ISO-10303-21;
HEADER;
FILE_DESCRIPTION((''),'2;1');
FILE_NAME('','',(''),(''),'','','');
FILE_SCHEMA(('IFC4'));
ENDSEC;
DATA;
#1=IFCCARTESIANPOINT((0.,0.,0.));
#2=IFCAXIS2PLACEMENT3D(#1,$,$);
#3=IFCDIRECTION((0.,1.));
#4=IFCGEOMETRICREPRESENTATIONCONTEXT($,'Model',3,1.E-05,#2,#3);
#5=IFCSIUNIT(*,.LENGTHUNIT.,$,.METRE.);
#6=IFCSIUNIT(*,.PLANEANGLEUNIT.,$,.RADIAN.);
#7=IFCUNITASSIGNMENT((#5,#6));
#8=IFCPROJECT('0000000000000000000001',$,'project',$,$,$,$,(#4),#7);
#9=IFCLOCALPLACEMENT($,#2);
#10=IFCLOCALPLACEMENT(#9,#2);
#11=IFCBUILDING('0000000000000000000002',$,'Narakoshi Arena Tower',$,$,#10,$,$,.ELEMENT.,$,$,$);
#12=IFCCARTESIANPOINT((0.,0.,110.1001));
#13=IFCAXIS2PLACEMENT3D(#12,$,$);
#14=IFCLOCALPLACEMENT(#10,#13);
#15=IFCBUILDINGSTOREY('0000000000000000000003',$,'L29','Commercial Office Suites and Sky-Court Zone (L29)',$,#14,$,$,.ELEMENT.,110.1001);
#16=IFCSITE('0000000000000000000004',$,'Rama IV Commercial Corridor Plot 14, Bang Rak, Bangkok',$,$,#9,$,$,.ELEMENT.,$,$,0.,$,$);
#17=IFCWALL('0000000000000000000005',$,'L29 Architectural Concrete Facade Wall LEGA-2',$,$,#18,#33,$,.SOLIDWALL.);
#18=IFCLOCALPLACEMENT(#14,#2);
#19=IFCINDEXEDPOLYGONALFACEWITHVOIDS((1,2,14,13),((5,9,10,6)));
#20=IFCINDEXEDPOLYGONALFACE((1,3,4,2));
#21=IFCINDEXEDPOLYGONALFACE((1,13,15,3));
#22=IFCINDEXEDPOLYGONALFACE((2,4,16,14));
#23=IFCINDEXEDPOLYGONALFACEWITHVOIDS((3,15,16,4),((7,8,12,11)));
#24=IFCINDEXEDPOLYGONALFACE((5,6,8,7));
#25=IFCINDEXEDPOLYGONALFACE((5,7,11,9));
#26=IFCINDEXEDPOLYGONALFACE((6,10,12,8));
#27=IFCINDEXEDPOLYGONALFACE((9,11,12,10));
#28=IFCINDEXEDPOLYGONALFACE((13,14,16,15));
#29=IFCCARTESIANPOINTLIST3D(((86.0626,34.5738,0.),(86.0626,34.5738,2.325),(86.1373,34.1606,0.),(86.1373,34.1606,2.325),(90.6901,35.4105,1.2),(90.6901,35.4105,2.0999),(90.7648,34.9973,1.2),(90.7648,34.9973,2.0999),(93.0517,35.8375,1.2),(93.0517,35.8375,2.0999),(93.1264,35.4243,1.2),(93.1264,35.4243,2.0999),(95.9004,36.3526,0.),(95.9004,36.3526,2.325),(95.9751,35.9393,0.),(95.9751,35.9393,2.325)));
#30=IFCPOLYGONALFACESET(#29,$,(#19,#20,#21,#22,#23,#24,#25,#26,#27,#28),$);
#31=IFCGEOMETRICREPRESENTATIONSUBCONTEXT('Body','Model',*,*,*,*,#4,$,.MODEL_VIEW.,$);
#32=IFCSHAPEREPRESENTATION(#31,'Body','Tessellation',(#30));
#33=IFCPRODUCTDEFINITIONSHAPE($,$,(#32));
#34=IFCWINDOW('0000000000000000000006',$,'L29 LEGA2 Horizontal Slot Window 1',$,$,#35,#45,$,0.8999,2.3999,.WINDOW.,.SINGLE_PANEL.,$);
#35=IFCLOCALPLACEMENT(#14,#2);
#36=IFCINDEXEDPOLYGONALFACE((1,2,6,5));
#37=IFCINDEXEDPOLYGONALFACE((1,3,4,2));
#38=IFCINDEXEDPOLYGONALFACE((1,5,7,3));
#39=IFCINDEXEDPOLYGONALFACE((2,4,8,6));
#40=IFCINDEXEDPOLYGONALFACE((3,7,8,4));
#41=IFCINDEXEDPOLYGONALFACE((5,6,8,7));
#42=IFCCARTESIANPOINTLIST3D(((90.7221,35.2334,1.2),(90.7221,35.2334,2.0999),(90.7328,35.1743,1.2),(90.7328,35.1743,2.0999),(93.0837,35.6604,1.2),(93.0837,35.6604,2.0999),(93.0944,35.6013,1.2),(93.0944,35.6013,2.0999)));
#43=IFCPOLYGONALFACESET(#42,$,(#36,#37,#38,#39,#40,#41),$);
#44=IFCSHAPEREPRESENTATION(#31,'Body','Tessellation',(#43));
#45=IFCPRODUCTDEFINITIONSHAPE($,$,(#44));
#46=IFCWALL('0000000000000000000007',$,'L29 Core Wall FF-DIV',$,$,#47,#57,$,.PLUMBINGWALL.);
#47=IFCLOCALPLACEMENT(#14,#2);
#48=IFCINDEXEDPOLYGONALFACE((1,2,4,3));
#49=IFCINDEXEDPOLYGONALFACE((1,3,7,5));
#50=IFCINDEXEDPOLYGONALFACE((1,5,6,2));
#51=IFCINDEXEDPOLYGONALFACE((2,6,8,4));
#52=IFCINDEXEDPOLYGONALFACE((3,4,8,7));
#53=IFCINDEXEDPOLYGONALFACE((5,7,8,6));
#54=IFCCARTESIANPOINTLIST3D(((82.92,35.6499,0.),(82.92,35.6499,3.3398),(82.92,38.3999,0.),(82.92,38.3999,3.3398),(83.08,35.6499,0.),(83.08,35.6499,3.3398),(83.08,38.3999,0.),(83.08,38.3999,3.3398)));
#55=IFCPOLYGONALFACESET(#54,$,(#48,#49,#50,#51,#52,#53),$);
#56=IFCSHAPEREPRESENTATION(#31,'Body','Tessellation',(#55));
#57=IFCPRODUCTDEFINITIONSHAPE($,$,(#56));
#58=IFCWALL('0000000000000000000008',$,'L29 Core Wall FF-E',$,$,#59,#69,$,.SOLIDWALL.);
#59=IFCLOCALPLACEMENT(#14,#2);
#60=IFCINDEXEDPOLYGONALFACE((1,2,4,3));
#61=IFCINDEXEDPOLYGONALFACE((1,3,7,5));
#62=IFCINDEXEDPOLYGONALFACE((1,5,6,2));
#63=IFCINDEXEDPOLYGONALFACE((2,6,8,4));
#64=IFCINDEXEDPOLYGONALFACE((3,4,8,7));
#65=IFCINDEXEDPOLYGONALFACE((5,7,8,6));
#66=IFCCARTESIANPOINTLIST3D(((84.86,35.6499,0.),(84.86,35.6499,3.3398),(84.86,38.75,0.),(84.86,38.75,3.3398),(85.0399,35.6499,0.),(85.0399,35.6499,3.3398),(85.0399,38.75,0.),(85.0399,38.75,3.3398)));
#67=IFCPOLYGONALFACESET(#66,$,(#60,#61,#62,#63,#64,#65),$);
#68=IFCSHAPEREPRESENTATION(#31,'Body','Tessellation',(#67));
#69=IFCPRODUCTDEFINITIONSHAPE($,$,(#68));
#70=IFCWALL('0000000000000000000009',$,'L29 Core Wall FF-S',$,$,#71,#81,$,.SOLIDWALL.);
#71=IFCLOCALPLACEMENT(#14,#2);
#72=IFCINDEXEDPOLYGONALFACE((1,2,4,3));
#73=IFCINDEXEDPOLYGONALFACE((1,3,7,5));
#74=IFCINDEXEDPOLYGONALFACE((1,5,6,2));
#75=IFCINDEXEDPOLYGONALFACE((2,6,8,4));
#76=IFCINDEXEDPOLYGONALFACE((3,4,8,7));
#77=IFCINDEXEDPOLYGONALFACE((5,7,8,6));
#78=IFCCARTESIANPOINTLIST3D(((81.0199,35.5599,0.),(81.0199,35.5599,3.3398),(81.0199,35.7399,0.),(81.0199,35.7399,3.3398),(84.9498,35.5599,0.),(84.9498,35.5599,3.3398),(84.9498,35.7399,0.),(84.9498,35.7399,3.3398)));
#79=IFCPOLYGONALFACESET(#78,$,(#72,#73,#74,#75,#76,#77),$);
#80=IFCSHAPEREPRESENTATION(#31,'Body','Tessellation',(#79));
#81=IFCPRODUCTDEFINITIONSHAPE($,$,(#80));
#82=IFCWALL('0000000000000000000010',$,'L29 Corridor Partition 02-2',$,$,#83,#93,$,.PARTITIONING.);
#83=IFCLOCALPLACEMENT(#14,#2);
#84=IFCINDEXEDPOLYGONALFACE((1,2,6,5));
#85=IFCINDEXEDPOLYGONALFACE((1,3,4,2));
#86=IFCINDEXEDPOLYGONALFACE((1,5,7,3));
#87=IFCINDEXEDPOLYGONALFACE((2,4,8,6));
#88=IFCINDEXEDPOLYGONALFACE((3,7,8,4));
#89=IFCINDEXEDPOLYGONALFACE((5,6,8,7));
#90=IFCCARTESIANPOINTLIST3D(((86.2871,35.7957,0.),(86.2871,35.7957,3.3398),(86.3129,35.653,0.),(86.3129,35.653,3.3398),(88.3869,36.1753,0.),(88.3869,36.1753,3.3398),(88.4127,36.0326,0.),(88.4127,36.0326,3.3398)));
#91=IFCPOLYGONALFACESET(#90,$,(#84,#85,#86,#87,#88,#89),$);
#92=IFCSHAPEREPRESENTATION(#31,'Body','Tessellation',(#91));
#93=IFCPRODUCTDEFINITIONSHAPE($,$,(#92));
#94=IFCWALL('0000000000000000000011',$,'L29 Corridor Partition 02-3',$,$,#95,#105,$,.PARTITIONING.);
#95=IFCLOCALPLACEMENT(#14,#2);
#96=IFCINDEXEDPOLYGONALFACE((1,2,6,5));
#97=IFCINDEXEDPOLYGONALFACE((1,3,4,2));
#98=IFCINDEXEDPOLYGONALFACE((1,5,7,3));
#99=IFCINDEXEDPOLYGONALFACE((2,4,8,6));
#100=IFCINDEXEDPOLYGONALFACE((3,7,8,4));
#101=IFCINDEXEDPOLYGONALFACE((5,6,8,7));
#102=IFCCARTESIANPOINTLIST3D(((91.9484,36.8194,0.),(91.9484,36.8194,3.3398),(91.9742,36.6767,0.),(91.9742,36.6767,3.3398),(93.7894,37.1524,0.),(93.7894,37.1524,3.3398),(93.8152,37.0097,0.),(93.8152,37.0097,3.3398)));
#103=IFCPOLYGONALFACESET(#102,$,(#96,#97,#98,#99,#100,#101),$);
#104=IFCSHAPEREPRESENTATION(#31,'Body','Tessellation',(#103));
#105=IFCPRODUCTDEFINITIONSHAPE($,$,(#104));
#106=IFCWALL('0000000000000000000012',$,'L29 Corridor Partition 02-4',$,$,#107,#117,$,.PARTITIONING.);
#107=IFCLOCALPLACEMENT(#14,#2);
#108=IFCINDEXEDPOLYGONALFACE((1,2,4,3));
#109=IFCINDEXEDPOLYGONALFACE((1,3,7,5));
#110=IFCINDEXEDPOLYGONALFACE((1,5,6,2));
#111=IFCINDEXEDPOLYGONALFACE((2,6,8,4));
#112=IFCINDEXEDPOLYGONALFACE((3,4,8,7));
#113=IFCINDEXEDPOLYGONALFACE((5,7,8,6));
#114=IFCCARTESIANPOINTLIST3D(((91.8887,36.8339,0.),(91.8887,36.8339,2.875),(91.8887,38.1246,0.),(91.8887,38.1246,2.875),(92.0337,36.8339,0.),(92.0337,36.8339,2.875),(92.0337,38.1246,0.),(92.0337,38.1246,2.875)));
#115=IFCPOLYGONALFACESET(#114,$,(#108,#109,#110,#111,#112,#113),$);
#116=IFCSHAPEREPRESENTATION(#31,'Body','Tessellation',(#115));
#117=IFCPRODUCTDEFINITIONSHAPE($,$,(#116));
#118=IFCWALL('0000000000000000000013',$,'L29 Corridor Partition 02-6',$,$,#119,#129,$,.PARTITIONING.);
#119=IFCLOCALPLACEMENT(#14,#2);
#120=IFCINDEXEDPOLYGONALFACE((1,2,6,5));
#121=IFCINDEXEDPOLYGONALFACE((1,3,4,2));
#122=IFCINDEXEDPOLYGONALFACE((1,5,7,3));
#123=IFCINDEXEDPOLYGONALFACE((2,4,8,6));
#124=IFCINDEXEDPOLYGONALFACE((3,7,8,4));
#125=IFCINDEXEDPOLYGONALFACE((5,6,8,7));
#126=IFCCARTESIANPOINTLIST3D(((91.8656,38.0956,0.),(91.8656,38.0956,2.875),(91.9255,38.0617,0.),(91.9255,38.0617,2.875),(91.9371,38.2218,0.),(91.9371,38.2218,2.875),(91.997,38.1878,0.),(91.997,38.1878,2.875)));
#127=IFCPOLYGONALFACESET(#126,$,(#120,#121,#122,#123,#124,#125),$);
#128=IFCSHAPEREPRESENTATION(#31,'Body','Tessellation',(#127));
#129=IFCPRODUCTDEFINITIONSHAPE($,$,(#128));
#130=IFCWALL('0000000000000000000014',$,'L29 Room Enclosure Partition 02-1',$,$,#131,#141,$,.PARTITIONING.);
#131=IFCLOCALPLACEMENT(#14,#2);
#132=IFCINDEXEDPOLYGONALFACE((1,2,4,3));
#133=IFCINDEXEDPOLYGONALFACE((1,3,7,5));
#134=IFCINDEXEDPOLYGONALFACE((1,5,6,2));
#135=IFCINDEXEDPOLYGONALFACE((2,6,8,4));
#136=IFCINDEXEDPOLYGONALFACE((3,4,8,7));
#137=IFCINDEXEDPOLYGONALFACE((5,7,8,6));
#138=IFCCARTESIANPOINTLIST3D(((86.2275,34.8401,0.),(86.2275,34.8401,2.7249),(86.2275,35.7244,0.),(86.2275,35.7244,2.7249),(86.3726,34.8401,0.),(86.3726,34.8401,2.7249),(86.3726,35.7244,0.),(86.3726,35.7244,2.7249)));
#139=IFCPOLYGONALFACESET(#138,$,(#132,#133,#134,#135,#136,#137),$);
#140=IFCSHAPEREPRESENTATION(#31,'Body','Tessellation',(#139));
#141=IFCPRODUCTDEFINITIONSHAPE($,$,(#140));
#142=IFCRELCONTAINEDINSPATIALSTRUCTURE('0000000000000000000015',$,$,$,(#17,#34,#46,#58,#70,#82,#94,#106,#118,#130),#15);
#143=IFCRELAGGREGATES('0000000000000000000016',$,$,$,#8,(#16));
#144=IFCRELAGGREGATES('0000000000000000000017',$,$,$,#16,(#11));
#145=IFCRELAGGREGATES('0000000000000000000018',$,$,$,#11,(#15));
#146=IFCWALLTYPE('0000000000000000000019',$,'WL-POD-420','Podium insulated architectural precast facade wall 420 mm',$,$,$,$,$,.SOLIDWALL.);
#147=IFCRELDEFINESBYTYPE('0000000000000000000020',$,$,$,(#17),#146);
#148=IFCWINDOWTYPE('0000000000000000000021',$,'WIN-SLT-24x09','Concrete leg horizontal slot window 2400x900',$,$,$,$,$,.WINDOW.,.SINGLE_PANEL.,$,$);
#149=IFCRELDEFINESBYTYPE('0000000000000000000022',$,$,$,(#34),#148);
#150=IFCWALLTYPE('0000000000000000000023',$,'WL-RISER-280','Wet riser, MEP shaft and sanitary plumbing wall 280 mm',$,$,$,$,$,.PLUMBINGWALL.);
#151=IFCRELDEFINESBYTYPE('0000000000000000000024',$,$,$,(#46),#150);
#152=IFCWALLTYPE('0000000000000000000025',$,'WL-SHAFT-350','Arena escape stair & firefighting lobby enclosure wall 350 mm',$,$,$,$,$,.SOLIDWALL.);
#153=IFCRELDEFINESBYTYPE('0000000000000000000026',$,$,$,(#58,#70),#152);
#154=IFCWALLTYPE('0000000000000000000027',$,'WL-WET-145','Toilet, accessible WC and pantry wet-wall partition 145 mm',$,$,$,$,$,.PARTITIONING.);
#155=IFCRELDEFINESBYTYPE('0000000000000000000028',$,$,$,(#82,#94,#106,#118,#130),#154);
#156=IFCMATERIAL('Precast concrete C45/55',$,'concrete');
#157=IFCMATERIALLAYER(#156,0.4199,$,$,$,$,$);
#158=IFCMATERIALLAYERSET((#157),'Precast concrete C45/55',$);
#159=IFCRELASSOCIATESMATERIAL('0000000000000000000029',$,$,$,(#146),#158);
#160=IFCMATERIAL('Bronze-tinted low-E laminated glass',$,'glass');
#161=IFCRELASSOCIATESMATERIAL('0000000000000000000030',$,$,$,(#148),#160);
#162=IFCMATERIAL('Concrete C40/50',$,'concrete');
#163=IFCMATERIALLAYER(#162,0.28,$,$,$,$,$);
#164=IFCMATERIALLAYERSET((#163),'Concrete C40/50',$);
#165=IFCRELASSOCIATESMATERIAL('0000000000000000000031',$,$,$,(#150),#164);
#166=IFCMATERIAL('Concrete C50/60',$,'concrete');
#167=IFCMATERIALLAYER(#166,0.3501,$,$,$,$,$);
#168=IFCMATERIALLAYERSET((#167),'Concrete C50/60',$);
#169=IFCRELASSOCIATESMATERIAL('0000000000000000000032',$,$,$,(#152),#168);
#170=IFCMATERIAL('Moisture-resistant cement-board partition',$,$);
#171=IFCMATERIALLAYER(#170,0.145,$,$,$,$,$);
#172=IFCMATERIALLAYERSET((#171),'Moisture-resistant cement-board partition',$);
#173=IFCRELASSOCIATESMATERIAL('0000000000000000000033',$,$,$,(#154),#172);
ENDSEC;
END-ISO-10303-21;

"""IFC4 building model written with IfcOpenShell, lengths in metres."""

from ifc_helpers import new_model, si_unit, direction, frame, frame_2d, origin, place, context, subcontext, project, spatial, rectangle, extrude, material, layer, layer_set, type_object, element, fill, save


model = new_model("IFC4")

# Units and contexts
model_context = context("Model", 3, precision=1e-05, world=origin(), true_north=direction((0.0, 1.0)))
body_context = subcontext(model_context, "Body", "Model", "MODEL_VIEW")
ifc_project = project(units=[si_unit("LENGTHUNIT", "METRE"), si_unit("PLANEANGLEUNIT", "RADIAN")], contexts=[model_context])

# Site, building, storey
site_placement = place(None, origin())
site = spatial("IfcSite", under=ifc_project, at=site_placement, Name="Rama IV Commercial Corridor Plot 14, Bang Rak, Bangkok", CompositionType="ELEMENT", RefElevation=0.0)
building_placement = place(site_placement, origin())
building = spatial("IfcBuilding", under=site, at=building_placement, Name="Narakoshi Arena Tower", CompositionType="ELEMENT")
storey_placement = place(building_placement, frame((0.0, 0.0, 110.1001)))
storey = spatial("IfcBuildingStorey", under=building, at=storey_placement, Name="L29", Description="Commercial Office Suites and Sky-Court Zone (L29)", CompositionType="ELEMENT", Elevation=110.1001)

# Wall, opening, window
ifc_material_1 = material(Name="Precast concrete C45/55", Category="concrete")
ifc_layer_1 = layer(ifc_material_1, 0.4199)
ifc_layer_set_1 = layer_set([ifc_layer_1], Name="Precast concrete C45/55")
wall_type_1 = type_object("IfcWallType", Name="WL-POD-420", Description="Podium insulated architectural precast facade wall 420 mm", PredefinedType="SOLIDWALL", material=ifc_layer_set_1)
wall_1_placement = place(storey_placement, frame((86.1001, 34.3672, 0.0), z_axis=(0.0, 0.0, 1.0), x_axis=(0.984044, 0.177927, 0.0)))
wall_1 = element("IfcWall", 1, at=wall_1_placement, inside=storey, type_object=wall_type_1, Name="L29 Architectural Concrete Facade Wall LEGA-2", PredefinedType="SOLIDWALL", context=body_context, shape_type="SweptSolid", body=[
    extrude(rectangle(XDim=9.9973, YDim=0.4199, at=frame_2d((4.9985, 0.0))), origin(), (0.0, 0.0, 1.0), 2.325),
])
opening_1_placement = place(wall_1_placement, frame((4.7024, 0.0, 1.2)))
opening_1 = element("IfcOpeningElement", 2, at=opening_1_placement, cuts=wall_1, PredefinedType="OPENING", context=body_context, shape_type="SweptSolid", body=[
    extrude(rectangle(XDim=2.3999, YDim=0.8999, at=frame_2d((1.2, 0.45))), frame((0.0, 0.22, 0.0), z_axis=(0.0, -1.0, 0.0), x_axis=(1.0, 0.0, 0.0)), (0.0, 0.0, 1.0), 0.4399),
])
ifc_material_2 = material(Name="Bronze-tinted low-E laminated glass", Category="glass")
window_type = type_object("IfcWindowType", Name="WIN-SLT-24x09", Description="Concrete leg horizontal slot window 2400x900", PartitioningType="SINGLE_PANEL", PredefinedType="WINDOW", material=ifc_material_2)
window_placement = place(opening_1_placement, origin())
window = element("IfcWindow", 3, at=window_placement, inside=storey, type_object=window_type, Name="L29 LEGA2 Horizontal Slot Window 1", OverallHeight=0.8999, OverallWidth=2.3999, PartitioningType="SINGLE_PANEL", PredefinedType="WINDOW", context=body_context, shape_type="SweptSolid", body=[
    extrude(rectangle(XDim=2.3999, YDim=0.8999, at=frame_2d((1.2, 0.45))), frame((0.0, 0.03, 0.0), z_axis=(0.0, -1.0, 0.0), x_axis=(1.0, 0.0, 0.0)), (0.0, 0.0, 1.0), 0.0601),
])
fill(opening_1, window)

# Walls
ifc_material_3 = material(Name="Concrete C40/50", Category="concrete")
ifc_layer_2 = layer(ifc_material_3, 0.28)
ifc_layer_set_2 = layer_set([ifc_layer_2], Name="Concrete C40/50")
wall_type_2 = type_object("IfcWallType", Name="WL-RISER-280", Description="Wet riser, MEP shaft and sanitary plumbing wall 280 mm", PredefinedType="PLUMBINGWALL", material=ifc_layer_set_2)
wall_2_placement = place(storey_placement, frame((83.0, 35.6499, 0.0), z_axis=(0.0, 0.0, 1.0), x_axis=(0.0, 1.0, 0.0)))
element("IfcWall", 4, at=wall_2_placement, inside=storey, type_object=wall_type_2, Name="L29 Core Wall FF-DIV", PredefinedType="PLUMBINGWALL", context=body_context, shape_type="SweptSolid", body=[
    extrude(rectangle(XDim=2.75, YDim=0.1599, at=frame_2d((1.375, 0.0))), origin(), (0.0, 0.0, 1.0), 3.3398),
])
ifc_material_4 = material(Name="Concrete C50/60", Category="concrete")
ifc_layer_3 = layer(ifc_material_4, 0.3501)
ifc_layer_set_3 = layer_set([ifc_layer_3], Name="Concrete C50/60")
wall_type_3 = type_object("IfcWallType", Name="WL-SHAFT-350", Description="Arena escape stair & firefighting lobby enclosure wall 350 mm", PredefinedType="SOLIDWALL", material=ifc_layer_set_3)
wall_3_placement = place(storey_placement, frame((84.95, 35.6499, 0.0), z_axis=(0.0, 0.0, 1.0), x_axis=(0.0, 1.0, 0.0)))
element("IfcWall", 5, at=wall_3_placement, inside=storey, type_object=wall_type_3, Name="L29 Core Wall FF-E", PredefinedType="SOLIDWALL", context=body_context, shape_type="SweptSolid", body=[
    extrude(rectangle(XDim=3.1001, YDim=0.1799, at=frame_2d((1.55, 0.0))), origin(), (0.0, 0.0, 1.0), 3.3398),
])
wall_4_placement = place(storey_placement, frame((81.02, 35.6499, 0.0), z_axis=(0.0, 0.0, 1.0), x_axis=(1.0, 0.0, 0.0)))
element("IfcWall", 6, at=wall_4_placement, inside=storey, type_object=wall_type_3, Name="L29 Core Wall FF-S", PredefinedType="SOLIDWALL", context=body_context, shape_type="SweptSolid", body=[
    extrude(rectangle(XDim=3.9299, YDim=0.1799, at=frame_2d((1.9648, 0.0))), origin(), (0.0, 0.0, 1.0), 3.3398),
])

# Shared definitions
ifc_material_5 = material(Name="Moisture-resistant cement-board partition")
ifc_layer_4 = layer(ifc_material_5, 0.145)
ifc_layer_set_4 = layer_set([ifc_layer_4], Name="Moisture-resistant cement-board partition")
wall_type_4 = type_object("IfcWallType", Name="WL-WET-145", Description="Toilet, accessible WC and pantry wet-wall partition 145 mm", PredefinedType="PARTITIONING", material=ifc_layer_set_4)

# Walls
wall_5_placement = place(storey_placement, frame((86.3, 35.7244, 0.0), z_axis=(0.0, 0.0, 1.0), x_axis=(0.984047, 0.177909, 0.0)))
element("IfcWall", 7, at=wall_5_placement, inside=storey, type_object=wall_type_4, Name="L29 Corridor Partition 02-2", PredefinedType="PARTITIONING", context=body_context, shape_type="SweptSolid", body=[
    extrude(rectangle(XDim=2.1338, YDim=0.145, at=frame_2d((1.0669, 0.0))), origin(), (0.0, 0.0, 1.0), 3.3398),
])
wall_6_placement = place(storey_placement, frame((91.9612, 36.748, 0.0), z_axis=(0.0, 0.0, 1.0), x_axis=(0.984032, 0.17799, 0.0)))
element("IfcWall", 8, at=wall_6_placement, inside=storey, type_object=wall_type_4, Name="L29 Corridor Partition 02-3", PredefinedType="PARTITIONING", context=body_context, shape_type="SweptSolid", body=[
    extrude(rectangle(XDim=1.8708, YDim=0.145, at=frame_2d((0.9355, 0.0))), origin(), (0.0, 0.0, 1.0), 3.3398),
])
wall_7_placement = place(storey_placement, frame((91.9612, 38.1248, 0.0), z_axis=(0.0, 0.0, 1.0), x_axis=(0.0, -1.0, 0.0)))
element("IfcWall", 9, at=wall_7_placement, inside=storey, type_object=wall_type_4, Name="L29 Corridor Partition 02-4", PredefinedType="PARTITIONING", context=body_context, shape_type="SweptSolid", body=[
    extrude(rectangle(XDim=1.2908, YDim=0.145, at=frame_2d((0.6455, 0.0))), origin(), (0.0, 0.0, 1.0), 2.875),
])
wall_8_placement = place(storey_placement, frame((91.9014, 38.1587, 0.0), z_axis=(0.0, 0.0, 1.0), x_axis=(0.869768, -0.49346, 0.0)))
element("IfcWall", 10, at=wall_8_placement, inside=storey, type_object=wall_type_4, Name="L29 Corridor Partition 02-6", PredefinedType="PARTITIONING", context=body_context, shape_type="SweptSolid", body=[
    extrude(rectangle(XDim=0.0688, YDim=0.145, at=frame_2d((0.0344, 0.0))), origin(), (0.0, 0.0, 1.0), 2.875),
])
wall_9_placement = place(storey_placement, frame((86.3, 34.8401, 0.0), z_axis=(0.0, 0.0, 1.0), x_axis=(0.0, 1.0, 0.0)))
element("IfcWall", 11, at=wall_9_placement, inside=storey, type_object=wall_type_4, Name="L29 Room Enclosure Partition 02-1", PredefinedType="PARTITIONING", context=body_context, shape_type="SweptSolid", body=[
    extrude(rectangle(XDim=0.8843, YDim=0.145, at=frame_2d((0.4421, 0.0))), origin(), (0.0, 0.0, 1.0), 2.7249),
])

save(model, "model.ifc")
